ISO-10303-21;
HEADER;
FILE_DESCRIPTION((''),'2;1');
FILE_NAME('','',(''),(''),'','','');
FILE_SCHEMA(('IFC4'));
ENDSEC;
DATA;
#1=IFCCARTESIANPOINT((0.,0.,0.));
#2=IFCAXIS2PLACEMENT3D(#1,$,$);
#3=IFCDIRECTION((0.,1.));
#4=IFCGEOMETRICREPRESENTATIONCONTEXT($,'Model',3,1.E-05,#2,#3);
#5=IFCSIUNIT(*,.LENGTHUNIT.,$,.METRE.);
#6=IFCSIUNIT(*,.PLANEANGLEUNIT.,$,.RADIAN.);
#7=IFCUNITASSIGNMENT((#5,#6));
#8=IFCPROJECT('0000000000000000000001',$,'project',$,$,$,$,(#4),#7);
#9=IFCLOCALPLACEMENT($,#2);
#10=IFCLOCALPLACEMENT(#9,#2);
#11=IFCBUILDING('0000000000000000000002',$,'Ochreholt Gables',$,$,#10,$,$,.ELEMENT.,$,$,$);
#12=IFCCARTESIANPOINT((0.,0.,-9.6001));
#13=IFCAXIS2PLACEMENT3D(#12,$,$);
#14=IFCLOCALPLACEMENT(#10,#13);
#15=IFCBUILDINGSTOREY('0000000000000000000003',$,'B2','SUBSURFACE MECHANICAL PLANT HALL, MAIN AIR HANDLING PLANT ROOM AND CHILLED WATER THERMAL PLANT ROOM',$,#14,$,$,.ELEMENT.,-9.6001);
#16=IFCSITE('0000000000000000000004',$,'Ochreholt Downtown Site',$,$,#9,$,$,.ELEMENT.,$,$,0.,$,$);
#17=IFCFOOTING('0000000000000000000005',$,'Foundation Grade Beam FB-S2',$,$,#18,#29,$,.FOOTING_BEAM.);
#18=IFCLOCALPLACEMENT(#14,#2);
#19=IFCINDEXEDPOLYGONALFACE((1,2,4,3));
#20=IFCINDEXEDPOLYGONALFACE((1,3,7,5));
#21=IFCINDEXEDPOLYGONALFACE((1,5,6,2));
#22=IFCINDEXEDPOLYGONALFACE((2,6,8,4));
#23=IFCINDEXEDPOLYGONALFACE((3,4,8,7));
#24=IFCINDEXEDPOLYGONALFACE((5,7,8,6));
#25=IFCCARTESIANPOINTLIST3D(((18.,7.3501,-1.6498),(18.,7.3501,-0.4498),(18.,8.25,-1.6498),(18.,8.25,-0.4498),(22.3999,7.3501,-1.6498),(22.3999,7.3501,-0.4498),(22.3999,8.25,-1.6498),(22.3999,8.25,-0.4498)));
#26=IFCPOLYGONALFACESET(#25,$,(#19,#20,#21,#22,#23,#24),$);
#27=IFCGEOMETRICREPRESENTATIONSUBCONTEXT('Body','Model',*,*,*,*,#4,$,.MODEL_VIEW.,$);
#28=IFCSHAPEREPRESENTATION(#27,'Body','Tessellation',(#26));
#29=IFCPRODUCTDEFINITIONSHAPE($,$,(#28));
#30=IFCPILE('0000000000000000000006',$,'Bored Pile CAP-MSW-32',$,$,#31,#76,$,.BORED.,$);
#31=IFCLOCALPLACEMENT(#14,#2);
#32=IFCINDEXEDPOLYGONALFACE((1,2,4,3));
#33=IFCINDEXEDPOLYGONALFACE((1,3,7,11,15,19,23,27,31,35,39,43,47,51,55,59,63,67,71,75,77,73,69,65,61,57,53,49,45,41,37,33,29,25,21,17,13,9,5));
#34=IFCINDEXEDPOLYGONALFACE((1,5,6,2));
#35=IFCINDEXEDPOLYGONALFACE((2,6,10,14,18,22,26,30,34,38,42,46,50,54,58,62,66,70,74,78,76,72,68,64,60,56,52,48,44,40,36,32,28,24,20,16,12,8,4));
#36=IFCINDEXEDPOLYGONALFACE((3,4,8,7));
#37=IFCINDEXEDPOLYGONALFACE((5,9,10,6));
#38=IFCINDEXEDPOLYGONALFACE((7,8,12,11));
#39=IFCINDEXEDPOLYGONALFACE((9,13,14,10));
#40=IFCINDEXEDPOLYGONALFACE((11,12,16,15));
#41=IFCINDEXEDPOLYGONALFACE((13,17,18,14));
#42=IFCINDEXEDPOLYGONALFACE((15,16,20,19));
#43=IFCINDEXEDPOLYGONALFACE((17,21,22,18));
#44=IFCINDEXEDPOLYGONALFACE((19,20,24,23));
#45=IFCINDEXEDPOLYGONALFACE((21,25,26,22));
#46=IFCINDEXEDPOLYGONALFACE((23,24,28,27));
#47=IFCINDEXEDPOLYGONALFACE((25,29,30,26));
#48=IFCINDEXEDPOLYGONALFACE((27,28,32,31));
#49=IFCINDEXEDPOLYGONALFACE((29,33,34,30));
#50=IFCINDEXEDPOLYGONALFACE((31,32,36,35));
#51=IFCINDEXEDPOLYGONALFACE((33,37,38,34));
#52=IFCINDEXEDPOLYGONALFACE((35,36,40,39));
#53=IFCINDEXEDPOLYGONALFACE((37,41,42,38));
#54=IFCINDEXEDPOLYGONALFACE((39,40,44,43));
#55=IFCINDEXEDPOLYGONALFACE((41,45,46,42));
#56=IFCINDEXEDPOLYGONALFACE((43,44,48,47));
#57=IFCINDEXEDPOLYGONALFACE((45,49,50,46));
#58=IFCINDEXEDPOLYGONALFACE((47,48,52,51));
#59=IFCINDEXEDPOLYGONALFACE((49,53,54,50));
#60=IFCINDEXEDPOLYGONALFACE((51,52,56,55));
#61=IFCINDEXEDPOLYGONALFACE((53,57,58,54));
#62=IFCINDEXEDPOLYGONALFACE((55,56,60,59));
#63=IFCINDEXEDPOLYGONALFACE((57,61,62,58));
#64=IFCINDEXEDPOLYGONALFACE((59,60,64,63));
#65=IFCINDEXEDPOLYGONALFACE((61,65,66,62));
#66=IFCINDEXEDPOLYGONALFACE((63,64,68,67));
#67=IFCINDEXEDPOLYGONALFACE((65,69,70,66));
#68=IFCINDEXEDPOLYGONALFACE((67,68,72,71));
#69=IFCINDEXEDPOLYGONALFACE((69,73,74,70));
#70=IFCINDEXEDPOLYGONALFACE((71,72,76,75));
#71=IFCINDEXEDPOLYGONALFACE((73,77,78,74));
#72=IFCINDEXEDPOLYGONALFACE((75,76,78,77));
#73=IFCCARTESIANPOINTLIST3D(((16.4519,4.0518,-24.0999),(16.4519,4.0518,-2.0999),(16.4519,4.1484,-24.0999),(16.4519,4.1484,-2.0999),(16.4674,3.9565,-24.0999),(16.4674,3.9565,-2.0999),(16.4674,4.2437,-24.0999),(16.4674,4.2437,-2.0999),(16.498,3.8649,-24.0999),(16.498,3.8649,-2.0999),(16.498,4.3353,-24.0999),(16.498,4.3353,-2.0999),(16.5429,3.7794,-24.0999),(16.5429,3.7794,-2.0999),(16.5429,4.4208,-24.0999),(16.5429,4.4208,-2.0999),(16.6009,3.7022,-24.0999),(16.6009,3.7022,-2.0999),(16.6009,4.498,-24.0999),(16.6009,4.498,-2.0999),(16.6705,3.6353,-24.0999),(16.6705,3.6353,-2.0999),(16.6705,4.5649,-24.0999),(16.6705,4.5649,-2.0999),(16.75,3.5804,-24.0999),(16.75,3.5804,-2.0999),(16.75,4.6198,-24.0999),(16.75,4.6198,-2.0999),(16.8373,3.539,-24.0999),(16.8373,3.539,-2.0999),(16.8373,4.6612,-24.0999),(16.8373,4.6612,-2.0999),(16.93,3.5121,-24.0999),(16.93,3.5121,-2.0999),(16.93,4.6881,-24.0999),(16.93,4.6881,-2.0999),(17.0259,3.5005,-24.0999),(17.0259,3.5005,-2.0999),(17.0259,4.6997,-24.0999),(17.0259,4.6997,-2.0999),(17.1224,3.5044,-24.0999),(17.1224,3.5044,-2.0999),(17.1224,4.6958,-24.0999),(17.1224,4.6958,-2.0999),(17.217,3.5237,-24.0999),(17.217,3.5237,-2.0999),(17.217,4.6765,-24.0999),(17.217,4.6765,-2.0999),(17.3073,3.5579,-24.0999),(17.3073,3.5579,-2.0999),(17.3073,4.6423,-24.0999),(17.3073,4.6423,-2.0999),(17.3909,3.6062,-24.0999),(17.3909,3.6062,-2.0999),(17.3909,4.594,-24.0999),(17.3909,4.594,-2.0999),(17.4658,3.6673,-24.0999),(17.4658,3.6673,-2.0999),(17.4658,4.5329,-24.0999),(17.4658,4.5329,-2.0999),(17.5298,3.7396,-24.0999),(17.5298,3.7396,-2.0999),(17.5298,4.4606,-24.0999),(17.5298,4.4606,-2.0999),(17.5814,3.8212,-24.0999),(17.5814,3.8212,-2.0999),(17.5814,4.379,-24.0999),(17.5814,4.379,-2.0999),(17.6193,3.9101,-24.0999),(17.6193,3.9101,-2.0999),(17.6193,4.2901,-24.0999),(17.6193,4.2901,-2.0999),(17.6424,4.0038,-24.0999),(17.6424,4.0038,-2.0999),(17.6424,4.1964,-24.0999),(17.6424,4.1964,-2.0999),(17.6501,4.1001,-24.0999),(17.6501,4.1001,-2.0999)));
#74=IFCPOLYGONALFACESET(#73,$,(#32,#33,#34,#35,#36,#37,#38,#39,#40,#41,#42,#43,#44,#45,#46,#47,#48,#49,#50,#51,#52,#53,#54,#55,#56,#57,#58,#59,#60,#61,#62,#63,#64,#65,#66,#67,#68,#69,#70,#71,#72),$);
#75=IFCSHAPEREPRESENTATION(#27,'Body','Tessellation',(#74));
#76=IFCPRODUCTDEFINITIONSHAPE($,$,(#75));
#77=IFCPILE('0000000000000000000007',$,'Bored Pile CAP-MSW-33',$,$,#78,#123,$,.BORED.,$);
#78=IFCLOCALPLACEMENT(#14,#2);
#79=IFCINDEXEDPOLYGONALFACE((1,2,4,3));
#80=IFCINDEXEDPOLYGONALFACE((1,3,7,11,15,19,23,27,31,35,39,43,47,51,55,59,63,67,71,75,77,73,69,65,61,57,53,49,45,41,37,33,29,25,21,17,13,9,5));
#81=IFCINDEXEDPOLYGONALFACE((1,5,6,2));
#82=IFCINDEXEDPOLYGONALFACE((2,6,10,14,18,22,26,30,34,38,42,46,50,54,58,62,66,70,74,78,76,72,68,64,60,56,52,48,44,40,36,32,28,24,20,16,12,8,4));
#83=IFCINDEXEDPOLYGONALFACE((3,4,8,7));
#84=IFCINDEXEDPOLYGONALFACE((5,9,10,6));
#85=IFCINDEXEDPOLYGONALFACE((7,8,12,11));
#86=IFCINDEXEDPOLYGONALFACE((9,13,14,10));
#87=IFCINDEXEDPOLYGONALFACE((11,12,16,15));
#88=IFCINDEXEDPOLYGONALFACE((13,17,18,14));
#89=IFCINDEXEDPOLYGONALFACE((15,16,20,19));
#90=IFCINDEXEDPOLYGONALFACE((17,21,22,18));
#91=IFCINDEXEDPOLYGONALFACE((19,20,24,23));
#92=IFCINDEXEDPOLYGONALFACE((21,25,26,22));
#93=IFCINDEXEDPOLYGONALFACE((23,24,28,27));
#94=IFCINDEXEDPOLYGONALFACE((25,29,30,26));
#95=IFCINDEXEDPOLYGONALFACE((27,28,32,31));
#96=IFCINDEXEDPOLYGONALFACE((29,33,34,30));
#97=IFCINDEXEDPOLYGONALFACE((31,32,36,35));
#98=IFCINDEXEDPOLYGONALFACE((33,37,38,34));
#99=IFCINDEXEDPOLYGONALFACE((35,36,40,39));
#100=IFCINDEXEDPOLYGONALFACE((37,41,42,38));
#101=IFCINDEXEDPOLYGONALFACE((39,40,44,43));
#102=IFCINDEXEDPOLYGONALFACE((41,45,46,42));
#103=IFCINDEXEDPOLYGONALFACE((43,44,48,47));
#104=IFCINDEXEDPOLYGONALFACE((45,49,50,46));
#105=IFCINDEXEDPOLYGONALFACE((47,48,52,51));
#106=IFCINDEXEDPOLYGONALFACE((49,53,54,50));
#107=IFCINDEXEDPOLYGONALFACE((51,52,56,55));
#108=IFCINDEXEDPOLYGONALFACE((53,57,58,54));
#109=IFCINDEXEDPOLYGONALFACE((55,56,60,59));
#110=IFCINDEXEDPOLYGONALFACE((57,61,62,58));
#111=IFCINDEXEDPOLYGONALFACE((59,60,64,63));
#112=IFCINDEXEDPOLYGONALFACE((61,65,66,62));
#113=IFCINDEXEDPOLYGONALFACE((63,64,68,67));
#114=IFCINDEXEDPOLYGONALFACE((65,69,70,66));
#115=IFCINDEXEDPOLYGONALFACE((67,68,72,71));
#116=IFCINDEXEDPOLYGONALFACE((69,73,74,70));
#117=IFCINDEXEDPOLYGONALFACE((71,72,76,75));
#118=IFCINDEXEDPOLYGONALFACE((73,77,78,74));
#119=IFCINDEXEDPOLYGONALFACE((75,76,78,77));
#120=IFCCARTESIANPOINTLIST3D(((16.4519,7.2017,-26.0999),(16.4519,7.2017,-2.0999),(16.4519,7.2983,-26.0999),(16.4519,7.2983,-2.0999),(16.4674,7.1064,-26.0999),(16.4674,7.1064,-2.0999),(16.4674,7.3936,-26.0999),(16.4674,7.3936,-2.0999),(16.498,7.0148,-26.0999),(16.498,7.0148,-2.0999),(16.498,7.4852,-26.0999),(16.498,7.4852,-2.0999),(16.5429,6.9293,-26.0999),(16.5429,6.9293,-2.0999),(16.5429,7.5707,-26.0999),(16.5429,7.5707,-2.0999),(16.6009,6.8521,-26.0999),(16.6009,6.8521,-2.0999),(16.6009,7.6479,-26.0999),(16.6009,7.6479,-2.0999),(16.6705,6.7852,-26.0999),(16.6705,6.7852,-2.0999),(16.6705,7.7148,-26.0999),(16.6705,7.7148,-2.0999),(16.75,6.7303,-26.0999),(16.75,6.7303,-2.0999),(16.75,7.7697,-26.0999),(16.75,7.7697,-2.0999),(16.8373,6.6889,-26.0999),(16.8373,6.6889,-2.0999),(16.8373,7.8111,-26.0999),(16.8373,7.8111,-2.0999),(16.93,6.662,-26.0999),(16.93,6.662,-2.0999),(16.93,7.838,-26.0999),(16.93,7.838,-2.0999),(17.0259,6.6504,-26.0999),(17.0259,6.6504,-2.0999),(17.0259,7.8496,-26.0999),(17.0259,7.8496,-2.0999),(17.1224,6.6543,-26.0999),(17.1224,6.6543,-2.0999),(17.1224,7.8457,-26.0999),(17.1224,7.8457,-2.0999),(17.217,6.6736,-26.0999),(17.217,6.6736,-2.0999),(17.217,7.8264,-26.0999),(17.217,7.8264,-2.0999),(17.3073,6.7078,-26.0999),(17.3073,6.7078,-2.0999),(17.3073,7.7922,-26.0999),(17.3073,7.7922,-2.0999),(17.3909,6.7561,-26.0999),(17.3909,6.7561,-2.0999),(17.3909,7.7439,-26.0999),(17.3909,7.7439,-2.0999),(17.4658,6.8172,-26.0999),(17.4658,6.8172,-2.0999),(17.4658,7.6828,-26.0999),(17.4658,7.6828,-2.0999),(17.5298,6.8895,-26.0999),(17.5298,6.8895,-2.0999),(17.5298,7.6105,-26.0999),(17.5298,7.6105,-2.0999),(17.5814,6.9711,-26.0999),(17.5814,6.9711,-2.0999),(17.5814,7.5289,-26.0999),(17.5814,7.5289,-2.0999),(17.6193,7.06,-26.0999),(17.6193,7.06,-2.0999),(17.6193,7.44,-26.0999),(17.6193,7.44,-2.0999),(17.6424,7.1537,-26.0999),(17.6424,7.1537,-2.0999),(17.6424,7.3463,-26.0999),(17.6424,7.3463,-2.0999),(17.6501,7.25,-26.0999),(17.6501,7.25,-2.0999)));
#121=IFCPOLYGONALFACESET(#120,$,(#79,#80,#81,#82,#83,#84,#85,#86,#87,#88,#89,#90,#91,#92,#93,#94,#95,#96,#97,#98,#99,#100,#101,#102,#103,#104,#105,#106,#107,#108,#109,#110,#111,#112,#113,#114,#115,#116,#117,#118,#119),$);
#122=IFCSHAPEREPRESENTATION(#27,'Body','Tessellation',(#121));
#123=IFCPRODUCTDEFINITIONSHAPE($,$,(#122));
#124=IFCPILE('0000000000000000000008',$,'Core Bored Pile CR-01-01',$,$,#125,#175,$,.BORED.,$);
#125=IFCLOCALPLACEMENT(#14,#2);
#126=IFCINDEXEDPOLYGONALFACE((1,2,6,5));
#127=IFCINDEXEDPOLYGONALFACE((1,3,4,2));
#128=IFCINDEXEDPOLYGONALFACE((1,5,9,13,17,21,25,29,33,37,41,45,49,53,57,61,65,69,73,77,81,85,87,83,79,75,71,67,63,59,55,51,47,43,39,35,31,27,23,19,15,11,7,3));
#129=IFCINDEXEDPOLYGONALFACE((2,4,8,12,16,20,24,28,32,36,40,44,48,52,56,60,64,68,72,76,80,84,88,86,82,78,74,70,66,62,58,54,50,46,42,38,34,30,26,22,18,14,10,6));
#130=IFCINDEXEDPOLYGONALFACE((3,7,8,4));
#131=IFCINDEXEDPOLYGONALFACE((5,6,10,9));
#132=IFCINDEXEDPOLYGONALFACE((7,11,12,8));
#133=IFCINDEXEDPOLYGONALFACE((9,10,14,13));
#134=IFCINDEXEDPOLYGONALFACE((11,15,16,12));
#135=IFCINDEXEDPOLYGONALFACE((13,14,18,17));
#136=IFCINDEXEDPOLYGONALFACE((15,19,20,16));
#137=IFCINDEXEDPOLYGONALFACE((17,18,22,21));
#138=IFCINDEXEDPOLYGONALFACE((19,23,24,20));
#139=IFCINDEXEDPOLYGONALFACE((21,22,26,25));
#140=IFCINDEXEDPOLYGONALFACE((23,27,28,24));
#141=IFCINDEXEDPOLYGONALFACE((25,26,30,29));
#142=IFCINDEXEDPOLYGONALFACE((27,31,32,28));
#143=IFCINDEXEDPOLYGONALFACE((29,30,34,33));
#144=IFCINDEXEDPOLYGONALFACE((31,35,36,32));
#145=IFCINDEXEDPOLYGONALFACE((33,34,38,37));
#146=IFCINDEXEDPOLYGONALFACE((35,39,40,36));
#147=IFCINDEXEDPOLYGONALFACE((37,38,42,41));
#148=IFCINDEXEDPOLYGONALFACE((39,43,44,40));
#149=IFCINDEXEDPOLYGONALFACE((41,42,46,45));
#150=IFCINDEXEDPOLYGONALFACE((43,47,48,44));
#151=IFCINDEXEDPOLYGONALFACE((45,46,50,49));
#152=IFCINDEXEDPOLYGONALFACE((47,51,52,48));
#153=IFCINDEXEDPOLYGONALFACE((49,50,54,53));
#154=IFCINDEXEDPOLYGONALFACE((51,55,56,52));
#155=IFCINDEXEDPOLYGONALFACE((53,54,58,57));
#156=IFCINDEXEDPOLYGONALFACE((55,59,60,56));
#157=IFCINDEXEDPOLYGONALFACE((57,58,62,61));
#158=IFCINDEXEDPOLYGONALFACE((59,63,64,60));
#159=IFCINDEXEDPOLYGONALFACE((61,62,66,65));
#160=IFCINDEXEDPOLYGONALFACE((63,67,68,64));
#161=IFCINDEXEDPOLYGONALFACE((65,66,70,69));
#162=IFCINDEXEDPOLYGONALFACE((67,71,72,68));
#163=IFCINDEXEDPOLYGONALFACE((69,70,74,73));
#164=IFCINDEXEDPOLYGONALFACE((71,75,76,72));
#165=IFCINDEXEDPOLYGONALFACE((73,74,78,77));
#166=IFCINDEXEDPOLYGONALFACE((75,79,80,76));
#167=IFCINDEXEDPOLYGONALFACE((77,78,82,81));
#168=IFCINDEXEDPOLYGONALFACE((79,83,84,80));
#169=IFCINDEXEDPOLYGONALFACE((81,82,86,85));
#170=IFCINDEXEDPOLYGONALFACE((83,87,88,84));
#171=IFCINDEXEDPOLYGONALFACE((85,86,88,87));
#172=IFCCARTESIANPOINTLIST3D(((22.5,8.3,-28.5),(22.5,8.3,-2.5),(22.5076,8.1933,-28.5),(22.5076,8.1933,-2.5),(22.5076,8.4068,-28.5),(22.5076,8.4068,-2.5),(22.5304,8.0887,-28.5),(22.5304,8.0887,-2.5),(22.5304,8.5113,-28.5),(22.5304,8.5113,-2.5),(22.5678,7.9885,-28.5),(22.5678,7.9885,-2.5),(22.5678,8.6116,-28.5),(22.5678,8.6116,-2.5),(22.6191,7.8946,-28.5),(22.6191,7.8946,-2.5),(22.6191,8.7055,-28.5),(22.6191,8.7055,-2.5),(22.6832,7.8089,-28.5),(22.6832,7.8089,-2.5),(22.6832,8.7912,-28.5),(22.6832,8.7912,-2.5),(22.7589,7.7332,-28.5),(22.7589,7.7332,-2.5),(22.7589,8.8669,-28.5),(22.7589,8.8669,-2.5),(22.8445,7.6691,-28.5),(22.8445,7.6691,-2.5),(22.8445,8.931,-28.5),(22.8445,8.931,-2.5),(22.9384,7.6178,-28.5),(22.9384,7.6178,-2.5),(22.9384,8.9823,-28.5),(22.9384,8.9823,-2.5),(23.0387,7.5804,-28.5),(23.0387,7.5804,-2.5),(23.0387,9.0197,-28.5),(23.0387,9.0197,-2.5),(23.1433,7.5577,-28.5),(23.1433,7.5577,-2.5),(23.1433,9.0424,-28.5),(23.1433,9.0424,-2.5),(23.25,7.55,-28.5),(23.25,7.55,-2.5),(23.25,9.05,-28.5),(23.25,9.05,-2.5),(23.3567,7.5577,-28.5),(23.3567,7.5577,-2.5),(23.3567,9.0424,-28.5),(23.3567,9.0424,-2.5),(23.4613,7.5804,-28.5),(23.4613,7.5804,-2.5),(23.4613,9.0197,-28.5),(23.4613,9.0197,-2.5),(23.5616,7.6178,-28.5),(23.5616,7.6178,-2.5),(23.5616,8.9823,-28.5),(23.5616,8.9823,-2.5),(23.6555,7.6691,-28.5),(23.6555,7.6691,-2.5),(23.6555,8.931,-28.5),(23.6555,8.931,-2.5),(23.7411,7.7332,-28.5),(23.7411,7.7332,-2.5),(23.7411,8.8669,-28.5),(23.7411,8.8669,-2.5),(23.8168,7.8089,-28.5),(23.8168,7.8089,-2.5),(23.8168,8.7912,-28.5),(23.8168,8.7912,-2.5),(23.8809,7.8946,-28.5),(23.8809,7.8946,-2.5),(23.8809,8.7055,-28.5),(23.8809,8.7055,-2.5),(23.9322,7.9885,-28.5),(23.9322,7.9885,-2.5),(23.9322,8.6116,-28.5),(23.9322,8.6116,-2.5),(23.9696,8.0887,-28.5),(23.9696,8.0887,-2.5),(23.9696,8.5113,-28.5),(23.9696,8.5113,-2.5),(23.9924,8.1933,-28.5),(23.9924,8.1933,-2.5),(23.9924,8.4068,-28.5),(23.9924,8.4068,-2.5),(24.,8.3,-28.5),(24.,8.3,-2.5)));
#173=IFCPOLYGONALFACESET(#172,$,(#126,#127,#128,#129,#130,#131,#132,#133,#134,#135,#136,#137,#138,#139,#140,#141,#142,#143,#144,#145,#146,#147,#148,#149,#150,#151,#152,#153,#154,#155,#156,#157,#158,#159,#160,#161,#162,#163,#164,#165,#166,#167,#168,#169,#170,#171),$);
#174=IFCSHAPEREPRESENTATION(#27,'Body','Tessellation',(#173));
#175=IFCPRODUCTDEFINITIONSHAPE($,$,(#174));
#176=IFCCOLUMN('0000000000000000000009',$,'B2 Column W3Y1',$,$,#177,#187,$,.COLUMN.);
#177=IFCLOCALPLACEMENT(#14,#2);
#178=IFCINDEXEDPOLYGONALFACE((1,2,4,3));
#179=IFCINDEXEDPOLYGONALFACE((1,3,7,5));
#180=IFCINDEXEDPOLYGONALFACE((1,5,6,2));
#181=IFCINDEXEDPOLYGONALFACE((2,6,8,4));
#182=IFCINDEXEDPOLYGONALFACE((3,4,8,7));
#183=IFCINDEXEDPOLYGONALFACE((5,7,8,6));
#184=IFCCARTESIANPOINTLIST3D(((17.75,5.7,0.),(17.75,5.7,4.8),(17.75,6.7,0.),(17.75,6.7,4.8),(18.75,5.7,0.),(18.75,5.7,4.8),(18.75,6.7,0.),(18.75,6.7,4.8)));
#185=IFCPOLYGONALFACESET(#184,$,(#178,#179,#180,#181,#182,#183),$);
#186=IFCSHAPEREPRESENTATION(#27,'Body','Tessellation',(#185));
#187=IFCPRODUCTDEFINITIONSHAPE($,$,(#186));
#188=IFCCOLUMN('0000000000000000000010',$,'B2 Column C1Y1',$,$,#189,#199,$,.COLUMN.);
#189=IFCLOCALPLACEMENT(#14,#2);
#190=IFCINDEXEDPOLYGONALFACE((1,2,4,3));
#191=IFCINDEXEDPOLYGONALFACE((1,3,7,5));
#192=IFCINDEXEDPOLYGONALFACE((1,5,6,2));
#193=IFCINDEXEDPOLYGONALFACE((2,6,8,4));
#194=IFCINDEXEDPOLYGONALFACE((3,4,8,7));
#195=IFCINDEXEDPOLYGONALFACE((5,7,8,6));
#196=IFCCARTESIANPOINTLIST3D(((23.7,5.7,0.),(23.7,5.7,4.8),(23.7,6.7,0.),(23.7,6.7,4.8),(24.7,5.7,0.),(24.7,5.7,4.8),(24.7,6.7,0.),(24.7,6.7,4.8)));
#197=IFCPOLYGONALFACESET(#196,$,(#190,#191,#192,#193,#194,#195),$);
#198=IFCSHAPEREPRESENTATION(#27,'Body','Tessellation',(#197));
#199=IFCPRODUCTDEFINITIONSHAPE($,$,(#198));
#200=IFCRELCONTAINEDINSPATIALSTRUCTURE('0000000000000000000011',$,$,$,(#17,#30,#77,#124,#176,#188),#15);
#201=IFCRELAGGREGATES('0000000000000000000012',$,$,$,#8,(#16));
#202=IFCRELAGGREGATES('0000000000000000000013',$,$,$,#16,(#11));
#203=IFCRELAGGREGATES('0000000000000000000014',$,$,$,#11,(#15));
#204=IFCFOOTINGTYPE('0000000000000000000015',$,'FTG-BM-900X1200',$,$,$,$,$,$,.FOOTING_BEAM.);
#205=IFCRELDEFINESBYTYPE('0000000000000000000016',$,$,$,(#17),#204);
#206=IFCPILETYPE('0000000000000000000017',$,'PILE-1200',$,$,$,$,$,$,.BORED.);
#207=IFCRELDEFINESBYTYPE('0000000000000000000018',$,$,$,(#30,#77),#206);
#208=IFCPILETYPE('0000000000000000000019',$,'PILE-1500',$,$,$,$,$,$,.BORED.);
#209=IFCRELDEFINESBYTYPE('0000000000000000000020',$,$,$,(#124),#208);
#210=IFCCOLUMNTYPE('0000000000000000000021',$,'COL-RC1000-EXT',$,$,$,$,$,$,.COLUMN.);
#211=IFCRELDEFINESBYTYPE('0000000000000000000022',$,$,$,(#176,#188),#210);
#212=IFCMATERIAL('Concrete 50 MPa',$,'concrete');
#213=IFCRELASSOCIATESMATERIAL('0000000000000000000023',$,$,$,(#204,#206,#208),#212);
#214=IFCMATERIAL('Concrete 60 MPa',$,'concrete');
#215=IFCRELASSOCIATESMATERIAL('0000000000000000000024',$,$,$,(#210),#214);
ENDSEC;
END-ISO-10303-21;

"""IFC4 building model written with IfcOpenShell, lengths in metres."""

from ifc_helpers import new_model, si_unit, direction, frame, origin, origin_2d, place, context, subcontext, project, spatial, rectangle, circle, extrude, material, material_profile, profile_set, type_object, element, save


model = new_model("IFC4")

# Units and contexts
model_context = context("Model", 3, precision=1e-05, world=origin(), true_north=direction((0.0, 1.0)))
body_context = subcontext(model_context, "Body", "Model", "MODEL_VIEW")
ifc_project = project(units=[si_unit("LENGTHUNIT", "METRE"), si_unit("PLANEANGLEUNIT", "RADIAN")], contexts=[model_context])

# Site, building, storey
site_placement = place(None, origin())
site = spatial("IfcSite", under=ifc_project, at=site_placement, Name="Ochreholt Downtown Site", CompositionType="ELEMENT", RefElevation=0.0)
building_placement = place(site_placement, origin())
building = spatial("IfcBuilding", under=site, at=building_placement, Name="Ochreholt Gables", CompositionType="ELEMENT")
storey_placement = place(building_placement, frame((0.0, 0.0, -9.6001)))
storey = spatial("IfcBuildingStorey", under=building, at=storey_placement, Name="B2", Description="SUBSURFACE MECHANICAL PLANT HALL, MAIN AIR HANDLING PLANT ROOM AND CHILLED WATER THERMAL PLANT ROOM", CompositionType="ELEMENT", Elevation=-9.6001)

# Footing
ifc_material_1 = material(Name="Concrete 50 MPa", Category="concrete")
ifc_material_profile_1 = material_profile(ifc_material_1, rectangle(XDim=0.8999, YDim=1.2, at=origin_2d()), Name="FB900X1200")
ifc_profile_set_1 = profile_set([ifc_material_profile_1], Name="Concrete 50 MPa")
footing_type = type_object("IfcFootingType", Name="FTG-BM-900X1200", PredefinedType="FOOTING_BEAM", material=ifc_profile_set_1)
footing_placement = place(storey_placement, frame((18.0, 7.8, -1.0498), z_axis=(1.0, 0.0, 0.0), x_axis=(0.0, 1.0, 0.0)))
element("IfcFooting", 1, at=footing_placement, inside=storey, type_object=footing_type, Name="Foundation Grade Beam FB-S2", PredefinedType="FOOTING_BEAM", context=body_context, shape_type="SweptSolid", body=[
    extrude(rectangle(XDim=0.8999, YDim=1.2, at=origin_2d()), origin(), (0.0, 0.0, 1.0), 4.3999),
])

# Piles
ifc_material_profile_2 = material_profile(ifc_material_1, circle(Radius=0.6001, at=origin_2d()), Name="PILE1200")
ifc_profile_set_2 = profile_set([ifc_material_profile_2], Name="Concrete 50 MPa")
pile_type_1 = type_object("IfcPileType", Name="PILE-1200", PredefinedType="BORED", material=ifc_profile_set_2)
pile_1_placement = place(storey_placement, frame((17.05, 4.1001, -2.0999), z_axis=(0.0, 0.0, -1.0), x_axis=(1.0, 0.0, 0.0)))
element("IfcPile", 2, at=pile_1_placement, inside=storey, type_object=pile_type_1, Name="Bored Pile CAP-MSW-32", PredefinedType="BORED", context=body_context, shape_type="SweptSolid", body=[
    extrude(circle(Radius=0.6001, at=origin_2d()), origin(), (0.0, 0.0, 1.0), 22.0),
])
pile_2_placement = place(storey_placement, frame((17.05, 7.25, -2.0999), z_axis=(0.0, 0.0, -1.0), x_axis=(1.0, 0.0, 0.0)))
element("IfcPile", 3, at=pile_2_placement, inside=storey, type_object=pile_type_1, Name="Bored Pile CAP-MSW-33", PredefinedType="BORED", context=body_context, shape_type="SweptSolid", body=[
    extrude(circle(Radius=0.6001, at=origin_2d()), origin(), (0.0, 0.0, 1.0), 24.0),
])
ifc_material_profile_3 = material_profile(ifc_material_1, circle(Radius=0.75, at=origin_2d()), Name="PILE1500")
ifc_profile_set_3 = profile_set([ifc_material_profile_3], Name="Concrete 50 MPa")
pile_type_2 = type_object("IfcPileType", Name="PILE-1500", PredefinedType="BORED", material=ifc_profile_set_3)
pile_3_placement = place(storey_placement, frame((23.25, 8.3, -2.5), z_axis=(0.0, 0.0, -1.0), x_axis=(1.0, 0.0, 0.0)))
element("IfcPile", 4, at=pile_3_placement, inside=storey, type_object=pile_type_2, Name="Core Bored Pile CR-01-01", PredefinedType="BORED", context=body_context, shape_type="SweptSolid", body=[
    extrude(circle(Radius=0.75, at=origin_2d()), origin(), (0.0, 0.0, 1.0), 26.0),
])

# Columns
ifc_material_2 = material(Name="Concrete 60 MPa", Category="concrete")
ifc_material_profile_4 = material_profile(ifc_material_2, rectangle(XDim=1.0, YDim=1.0, at=origin_2d()), Name="RC1000X1000")
ifc_profile_set_4 = profile_set([ifc_material_profile_4], Name="Concrete 60 MPa")
column_type_1 = type_object("IfcColumnType", Name="COL-RC1000-EXT", PredefinedType="COLUMN", material=ifc_profile_set_4)
for number, where, z_axis, x_axis, name in (
    (5, (18.25, 6.2, 0.0), (0.0, 0.0, 1.0), (1.0, 0.0, 0.0), "B2 Column W3Y1"),
    (6, (24.2, 6.2, 0.0), (0.0, 0.0, 1.0), (1.0, 0.0, 0.0), "B2 Column C1Y1"),
):
    element("IfcColumn", number, at=place(storey_placement, frame(where, z_axis=z_axis, x_axis=x_axis)), inside=storey, type_object=column_type_1, Name=name, PredefinedType="COLUMN", context=body_context, shape_type="SweptSolid", body=[
        extrude(rectangle(XDim=1.0, YDim=1.0, at=origin_2d()), origin(), (0.0, 0.0, 1.0), 4.8),
    ])

save(model, "model.ifc")
